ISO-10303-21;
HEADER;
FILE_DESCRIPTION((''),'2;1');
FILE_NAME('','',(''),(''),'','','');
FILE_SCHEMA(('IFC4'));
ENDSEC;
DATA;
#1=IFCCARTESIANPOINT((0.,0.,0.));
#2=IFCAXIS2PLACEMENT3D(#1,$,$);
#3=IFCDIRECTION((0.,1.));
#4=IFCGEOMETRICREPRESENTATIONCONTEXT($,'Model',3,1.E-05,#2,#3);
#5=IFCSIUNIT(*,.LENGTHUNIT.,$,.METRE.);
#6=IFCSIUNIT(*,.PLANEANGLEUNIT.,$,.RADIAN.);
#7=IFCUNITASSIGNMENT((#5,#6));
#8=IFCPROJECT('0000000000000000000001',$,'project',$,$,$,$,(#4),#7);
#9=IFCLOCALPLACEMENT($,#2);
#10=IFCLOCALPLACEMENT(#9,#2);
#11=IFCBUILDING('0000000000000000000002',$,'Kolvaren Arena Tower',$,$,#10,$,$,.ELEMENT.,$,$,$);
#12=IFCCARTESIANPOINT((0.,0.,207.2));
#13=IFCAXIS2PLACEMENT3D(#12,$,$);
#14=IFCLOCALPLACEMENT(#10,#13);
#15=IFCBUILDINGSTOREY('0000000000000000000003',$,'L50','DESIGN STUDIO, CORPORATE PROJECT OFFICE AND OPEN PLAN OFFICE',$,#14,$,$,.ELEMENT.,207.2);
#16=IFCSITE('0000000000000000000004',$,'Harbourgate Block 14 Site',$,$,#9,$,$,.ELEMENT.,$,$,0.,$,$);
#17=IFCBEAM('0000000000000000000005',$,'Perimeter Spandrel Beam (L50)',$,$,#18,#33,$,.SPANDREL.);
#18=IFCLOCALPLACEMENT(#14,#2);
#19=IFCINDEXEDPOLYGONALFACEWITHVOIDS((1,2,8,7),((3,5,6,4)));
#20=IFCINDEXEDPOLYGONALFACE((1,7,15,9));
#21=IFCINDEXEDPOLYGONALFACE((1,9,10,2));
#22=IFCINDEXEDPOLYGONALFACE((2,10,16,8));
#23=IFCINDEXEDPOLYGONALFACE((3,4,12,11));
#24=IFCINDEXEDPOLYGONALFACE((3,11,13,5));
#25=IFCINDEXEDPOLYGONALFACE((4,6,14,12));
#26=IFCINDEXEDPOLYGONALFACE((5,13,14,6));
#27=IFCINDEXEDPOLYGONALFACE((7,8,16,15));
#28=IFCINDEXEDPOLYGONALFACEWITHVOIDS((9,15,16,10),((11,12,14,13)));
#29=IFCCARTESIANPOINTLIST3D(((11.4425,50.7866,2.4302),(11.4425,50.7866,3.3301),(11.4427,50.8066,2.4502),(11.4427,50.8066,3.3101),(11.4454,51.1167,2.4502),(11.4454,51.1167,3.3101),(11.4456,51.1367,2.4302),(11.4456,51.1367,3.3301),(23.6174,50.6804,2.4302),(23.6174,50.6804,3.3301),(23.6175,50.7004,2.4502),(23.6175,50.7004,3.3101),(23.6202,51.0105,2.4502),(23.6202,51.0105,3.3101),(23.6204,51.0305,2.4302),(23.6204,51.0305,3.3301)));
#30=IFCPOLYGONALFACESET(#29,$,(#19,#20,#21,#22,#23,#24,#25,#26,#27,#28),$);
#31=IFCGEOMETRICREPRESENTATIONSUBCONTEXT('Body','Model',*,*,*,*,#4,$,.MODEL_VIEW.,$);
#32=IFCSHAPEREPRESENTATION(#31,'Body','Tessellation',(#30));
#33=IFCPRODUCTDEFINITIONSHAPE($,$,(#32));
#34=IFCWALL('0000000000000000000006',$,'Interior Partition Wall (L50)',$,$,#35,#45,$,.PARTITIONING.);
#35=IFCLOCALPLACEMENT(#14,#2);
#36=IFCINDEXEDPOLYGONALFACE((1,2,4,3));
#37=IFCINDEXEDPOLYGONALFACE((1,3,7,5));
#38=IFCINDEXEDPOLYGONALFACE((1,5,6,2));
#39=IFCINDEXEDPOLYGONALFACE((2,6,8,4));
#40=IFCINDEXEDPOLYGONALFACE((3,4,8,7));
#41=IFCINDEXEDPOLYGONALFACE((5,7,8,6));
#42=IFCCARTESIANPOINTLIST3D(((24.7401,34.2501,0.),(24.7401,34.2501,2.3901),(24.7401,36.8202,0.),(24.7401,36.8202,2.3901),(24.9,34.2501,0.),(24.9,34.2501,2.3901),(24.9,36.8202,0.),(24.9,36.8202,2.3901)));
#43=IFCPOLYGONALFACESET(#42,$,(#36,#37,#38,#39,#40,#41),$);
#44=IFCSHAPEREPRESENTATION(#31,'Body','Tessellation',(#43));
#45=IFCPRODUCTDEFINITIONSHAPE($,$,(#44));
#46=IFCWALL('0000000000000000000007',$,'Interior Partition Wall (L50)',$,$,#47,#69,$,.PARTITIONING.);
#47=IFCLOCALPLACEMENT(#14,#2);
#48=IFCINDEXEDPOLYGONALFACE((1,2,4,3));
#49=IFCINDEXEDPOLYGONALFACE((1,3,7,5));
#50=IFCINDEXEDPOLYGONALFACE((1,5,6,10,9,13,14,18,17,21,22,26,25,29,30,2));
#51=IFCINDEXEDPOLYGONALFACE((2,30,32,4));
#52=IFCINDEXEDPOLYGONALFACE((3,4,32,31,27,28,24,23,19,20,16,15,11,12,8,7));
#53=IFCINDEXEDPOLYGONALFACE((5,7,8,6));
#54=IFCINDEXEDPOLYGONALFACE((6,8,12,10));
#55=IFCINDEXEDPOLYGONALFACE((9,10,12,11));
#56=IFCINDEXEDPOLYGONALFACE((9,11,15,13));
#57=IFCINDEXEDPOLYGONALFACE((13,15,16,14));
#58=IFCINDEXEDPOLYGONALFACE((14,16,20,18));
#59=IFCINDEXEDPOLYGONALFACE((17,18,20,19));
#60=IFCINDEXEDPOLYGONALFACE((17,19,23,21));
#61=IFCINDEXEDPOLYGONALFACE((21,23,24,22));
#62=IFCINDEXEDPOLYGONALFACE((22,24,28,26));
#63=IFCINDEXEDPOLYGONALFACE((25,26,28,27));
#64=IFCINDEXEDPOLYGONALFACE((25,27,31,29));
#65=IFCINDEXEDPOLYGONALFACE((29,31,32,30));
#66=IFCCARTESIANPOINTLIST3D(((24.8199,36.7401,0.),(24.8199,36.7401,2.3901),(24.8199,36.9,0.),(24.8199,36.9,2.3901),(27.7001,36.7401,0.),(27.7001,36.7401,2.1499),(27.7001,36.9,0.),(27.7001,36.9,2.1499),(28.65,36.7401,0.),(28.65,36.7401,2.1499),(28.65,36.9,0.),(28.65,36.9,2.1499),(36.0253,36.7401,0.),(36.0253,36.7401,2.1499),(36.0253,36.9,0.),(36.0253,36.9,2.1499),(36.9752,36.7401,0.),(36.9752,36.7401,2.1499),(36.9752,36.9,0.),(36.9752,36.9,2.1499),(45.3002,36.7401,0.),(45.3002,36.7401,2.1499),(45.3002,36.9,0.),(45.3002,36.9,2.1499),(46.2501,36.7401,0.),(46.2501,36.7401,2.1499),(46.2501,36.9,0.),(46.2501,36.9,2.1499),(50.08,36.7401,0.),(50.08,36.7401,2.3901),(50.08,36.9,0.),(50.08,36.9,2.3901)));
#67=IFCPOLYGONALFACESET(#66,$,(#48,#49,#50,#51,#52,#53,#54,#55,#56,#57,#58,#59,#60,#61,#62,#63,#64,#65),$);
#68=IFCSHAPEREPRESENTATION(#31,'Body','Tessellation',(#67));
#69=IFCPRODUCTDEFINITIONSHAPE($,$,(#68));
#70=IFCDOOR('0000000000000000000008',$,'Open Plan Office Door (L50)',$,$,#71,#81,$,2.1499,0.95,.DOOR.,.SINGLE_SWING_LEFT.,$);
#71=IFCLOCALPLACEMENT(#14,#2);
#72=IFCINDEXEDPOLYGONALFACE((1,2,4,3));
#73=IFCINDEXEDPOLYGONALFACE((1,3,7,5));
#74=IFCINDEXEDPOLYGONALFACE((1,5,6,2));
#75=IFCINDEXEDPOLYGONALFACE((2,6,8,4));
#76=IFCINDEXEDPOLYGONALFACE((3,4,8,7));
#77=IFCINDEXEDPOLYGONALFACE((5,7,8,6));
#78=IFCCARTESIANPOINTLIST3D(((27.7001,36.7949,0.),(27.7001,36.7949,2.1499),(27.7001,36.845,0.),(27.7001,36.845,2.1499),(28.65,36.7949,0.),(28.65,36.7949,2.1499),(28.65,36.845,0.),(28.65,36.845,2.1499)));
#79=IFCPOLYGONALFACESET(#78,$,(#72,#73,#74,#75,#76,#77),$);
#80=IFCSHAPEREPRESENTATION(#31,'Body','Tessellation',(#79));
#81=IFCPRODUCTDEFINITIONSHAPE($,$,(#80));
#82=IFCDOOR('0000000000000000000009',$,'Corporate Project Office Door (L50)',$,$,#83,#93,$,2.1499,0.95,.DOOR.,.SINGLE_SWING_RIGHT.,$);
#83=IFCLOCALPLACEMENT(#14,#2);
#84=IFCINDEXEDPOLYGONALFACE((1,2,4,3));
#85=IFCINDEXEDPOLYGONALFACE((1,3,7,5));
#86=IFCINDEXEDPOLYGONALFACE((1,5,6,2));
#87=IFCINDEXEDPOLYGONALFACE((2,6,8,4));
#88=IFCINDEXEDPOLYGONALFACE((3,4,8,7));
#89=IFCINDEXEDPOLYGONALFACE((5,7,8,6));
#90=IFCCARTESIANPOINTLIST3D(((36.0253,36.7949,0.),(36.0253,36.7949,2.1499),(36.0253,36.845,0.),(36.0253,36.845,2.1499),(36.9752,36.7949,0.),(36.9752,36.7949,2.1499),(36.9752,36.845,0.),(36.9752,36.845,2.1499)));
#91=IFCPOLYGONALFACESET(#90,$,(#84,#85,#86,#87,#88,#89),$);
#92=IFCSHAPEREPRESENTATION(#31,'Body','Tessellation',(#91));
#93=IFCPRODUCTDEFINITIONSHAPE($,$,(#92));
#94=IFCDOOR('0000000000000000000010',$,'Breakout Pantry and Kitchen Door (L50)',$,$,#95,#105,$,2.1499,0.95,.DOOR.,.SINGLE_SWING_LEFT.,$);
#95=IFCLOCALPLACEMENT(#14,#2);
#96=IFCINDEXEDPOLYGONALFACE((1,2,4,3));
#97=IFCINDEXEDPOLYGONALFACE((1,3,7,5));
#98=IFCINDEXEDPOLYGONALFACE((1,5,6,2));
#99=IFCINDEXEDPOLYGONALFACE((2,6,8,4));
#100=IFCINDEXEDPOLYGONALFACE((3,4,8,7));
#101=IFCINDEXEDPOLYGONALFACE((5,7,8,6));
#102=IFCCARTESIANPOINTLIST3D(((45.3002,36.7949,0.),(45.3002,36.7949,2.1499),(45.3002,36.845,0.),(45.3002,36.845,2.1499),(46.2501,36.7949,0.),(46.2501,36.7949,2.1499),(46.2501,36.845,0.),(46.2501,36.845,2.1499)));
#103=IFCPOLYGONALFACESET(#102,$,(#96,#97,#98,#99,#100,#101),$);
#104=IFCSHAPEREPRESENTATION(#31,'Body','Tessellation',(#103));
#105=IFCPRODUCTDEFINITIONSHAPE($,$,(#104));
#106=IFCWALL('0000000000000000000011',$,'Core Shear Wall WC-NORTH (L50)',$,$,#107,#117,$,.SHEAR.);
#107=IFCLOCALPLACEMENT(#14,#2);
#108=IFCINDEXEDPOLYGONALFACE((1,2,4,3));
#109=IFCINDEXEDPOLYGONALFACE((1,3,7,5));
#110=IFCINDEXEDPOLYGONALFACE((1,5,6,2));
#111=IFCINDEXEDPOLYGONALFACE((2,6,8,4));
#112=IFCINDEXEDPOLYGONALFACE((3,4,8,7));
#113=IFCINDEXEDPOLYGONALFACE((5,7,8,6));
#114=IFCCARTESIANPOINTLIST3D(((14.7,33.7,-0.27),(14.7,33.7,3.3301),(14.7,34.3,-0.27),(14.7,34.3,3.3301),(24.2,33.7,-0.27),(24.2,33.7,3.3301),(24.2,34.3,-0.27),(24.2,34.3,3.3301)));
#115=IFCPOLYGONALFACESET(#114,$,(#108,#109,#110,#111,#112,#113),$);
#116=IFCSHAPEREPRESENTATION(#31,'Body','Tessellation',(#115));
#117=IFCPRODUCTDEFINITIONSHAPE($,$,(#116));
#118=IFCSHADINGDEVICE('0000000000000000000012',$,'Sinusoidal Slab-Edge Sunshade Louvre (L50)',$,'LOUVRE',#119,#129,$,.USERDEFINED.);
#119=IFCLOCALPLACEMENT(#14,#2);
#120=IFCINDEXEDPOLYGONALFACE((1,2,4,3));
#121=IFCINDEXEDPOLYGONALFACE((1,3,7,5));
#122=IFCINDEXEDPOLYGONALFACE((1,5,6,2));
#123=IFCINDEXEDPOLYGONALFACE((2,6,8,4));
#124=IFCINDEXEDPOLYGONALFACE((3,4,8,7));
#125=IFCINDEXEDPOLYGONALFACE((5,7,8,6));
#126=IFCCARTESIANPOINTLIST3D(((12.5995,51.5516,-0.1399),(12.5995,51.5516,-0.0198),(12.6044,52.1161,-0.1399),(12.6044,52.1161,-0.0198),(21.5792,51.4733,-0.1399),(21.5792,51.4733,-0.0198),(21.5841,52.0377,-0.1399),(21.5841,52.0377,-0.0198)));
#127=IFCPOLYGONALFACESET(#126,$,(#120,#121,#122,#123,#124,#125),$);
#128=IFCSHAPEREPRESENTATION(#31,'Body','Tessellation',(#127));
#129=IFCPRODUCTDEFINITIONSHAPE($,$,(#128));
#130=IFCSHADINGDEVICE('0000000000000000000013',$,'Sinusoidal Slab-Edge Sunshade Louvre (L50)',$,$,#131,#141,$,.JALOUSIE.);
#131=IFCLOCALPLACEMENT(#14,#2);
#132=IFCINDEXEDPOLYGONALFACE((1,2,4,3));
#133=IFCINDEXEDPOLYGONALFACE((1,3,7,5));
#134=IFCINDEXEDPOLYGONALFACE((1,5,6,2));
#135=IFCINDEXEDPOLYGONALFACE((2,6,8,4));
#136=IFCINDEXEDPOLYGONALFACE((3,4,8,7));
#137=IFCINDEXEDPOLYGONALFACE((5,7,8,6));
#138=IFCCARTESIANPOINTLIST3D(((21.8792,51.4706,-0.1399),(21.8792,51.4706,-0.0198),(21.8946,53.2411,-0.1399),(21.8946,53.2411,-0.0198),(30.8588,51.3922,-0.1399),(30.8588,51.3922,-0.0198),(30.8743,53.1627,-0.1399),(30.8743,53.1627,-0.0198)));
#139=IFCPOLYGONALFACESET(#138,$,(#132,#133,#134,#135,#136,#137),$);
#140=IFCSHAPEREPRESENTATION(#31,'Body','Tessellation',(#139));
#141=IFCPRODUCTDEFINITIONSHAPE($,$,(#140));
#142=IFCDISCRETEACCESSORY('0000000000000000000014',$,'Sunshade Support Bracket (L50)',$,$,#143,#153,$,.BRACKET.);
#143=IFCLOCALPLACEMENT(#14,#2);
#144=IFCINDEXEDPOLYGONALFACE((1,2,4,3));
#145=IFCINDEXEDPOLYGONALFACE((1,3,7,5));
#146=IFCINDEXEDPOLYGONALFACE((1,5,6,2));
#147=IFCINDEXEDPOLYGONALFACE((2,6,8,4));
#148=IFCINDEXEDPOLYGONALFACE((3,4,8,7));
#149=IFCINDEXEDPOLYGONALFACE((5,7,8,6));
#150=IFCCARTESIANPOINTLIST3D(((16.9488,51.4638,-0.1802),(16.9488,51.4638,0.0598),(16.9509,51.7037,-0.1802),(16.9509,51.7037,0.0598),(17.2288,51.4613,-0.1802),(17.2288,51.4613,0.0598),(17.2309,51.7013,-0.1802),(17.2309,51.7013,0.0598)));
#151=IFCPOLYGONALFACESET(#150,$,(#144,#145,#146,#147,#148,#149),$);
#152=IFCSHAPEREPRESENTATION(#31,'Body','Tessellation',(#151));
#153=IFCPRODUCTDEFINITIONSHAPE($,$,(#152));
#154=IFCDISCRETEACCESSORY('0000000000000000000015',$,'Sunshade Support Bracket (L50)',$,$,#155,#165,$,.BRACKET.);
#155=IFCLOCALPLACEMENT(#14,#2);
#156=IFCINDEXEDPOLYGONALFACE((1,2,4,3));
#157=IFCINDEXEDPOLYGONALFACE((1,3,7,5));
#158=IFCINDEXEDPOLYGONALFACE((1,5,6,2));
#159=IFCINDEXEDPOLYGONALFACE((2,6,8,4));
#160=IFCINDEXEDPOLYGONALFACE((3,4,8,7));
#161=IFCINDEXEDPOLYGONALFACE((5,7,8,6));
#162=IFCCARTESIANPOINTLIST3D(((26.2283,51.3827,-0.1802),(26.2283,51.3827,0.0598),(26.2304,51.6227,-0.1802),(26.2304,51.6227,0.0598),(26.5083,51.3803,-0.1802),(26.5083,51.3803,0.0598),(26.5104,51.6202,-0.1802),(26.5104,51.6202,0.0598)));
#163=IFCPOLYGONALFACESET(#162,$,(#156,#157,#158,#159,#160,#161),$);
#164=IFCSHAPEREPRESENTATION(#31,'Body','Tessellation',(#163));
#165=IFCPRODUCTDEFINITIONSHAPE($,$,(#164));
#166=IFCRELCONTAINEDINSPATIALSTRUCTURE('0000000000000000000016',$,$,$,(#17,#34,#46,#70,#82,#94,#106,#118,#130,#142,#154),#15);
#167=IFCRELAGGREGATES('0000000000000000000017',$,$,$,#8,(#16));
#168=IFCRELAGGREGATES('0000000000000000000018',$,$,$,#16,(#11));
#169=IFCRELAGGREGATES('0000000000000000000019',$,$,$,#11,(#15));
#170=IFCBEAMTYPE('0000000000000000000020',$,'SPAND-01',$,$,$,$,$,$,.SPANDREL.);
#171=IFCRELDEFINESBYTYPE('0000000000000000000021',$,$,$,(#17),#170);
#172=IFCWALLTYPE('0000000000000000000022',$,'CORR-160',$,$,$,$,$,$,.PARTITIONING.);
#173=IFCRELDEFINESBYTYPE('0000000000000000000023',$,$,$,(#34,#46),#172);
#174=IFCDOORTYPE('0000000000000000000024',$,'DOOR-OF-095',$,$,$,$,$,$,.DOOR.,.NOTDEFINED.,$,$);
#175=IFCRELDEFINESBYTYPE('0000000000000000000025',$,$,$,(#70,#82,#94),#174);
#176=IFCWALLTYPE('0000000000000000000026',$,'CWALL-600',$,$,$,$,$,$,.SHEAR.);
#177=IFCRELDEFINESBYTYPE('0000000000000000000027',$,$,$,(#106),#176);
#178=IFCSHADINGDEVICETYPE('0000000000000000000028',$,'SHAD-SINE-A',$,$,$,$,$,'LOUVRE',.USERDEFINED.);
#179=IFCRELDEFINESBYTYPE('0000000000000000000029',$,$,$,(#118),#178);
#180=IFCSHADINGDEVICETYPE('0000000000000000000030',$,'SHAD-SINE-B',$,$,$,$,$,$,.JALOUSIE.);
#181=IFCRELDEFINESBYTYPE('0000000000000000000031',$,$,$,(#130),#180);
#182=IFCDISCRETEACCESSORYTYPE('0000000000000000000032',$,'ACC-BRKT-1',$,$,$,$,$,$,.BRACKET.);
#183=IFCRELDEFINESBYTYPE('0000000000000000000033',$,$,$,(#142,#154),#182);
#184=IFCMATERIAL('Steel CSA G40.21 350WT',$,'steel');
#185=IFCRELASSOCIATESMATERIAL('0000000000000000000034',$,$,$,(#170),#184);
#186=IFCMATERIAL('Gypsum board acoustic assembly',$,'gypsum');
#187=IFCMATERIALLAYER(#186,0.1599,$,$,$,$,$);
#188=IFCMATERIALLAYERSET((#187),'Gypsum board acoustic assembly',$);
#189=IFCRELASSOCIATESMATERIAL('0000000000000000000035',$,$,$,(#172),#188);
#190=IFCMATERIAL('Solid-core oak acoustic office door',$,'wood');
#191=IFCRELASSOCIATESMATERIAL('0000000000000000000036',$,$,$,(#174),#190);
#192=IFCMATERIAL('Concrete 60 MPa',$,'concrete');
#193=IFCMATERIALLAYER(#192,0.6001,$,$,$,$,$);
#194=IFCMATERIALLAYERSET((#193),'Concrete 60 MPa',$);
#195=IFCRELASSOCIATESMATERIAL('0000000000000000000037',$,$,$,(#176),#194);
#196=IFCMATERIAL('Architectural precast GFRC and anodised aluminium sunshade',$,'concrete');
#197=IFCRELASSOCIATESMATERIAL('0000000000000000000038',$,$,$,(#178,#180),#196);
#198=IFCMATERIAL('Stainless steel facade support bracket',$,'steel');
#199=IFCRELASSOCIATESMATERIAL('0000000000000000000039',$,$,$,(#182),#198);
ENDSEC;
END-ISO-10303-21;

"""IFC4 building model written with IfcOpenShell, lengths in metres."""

from ifc_helpers import new_model, si_unit, direction, frame, frame_2d, origin, origin_2d, place, context, subcontext, project, spatial, rectangle, hollow_rectangle, extrude, material, layer, layer_set, material_profile, profile_set, type_object, element, fill, save


model = new_model("IFC4")

# Units and contexts
model_context = context("Model", 3, precision=1e-05, world=origin(), true_north=direction((0.0, 1.0)))
body_context = subcontext(model_context, "Body", "Model", "MODEL_VIEW")
ifc_project = project(units=[si_unit("LENGTHUNIT", "METRE"), si_unit("PLANEANGLEUNIT", "RADIAN")], contexts=[model_context])

# Site, building, storey
site_placement = place(None, origin())
site = spatial("IfcSite", under=ifc_project, at=site_placement, Name="Harbourgate Block 14 Site", CompositionType="ELEMENT", RefElevation=0.0)
building_placement = place(site_placement, origin())
building = spatial("IfcBuilding", under=site, at=building_placement, Name="Kolvaren Arena Tower", CompositionType="ELEMENT")
storey_placement = place(building_placement, frame((0.0, 0.0, 207.2)))
storey = spatial("IfcBuildingStorey", under=building, at=storey_placement, Name="L50", Description="DESIGN STUDIO, CORPORATE PROJECT OFFICE AND OPEN PLAN OFFICE", CompositionType="ELEMENT", Elevation=207.2)

# Beam
ifc_material_1 = material(Name="Steel CSA G40.21 350WT", Category="steel")
ifc_material_profile_1 = material_profile(ifc_material_1, hollow_rectangle(XDim=0.3501, YDim=0.8999, WallThickness=0.02, at=origin_2d()), Name="HSS 900x350x20")
ifc_profile_set_1 = profile_set([ifc_material_profile_1], Name="Steel CSA G40.21 350WT")
beam_type_1 = type_object("IfcBeamType", Name="SPAND-01", PredefinedType="SPANDREL", material=ifc_profile_set_1)
beam_1_placement = place(storey_placement, frame((23.6189, 50.8555, 2.8801), z_axis=(-0.999962, 0.008723, 0.0), x_axis=(-0.008723, -0.999962, 0.0)))
element("IfcBeam", 1, at=beam_1_placement, inside=storey, type_object=beam_type_1, Name="Perimeter Spandrel Beam (L50)", PredefinedType="SPANDREL", context=body_context, shape_type="SweptSolid", body=[
    extrude(hollow_rectangle(XDim=0.3501, YDim=0.8999, WallThickness=0.02, at=origin_2d()), origin(), (0.0, 0.0, 1.0), 12.1753),
])

# Wall
ifc_material_2 = material(Name="Gypsum board acoustic assembly", Category="gypsum")
ifc_layer_1 = layer(ifc_material_2, 0.1599)
ifc_layer_set_1 = layer_set([ifc_layer_1], Name="Gypsum board acoustic assembly")
wall_type_1 = type_object("IfcWallType", Name="CORR-160", PredefinedType="PARTITIONING", material=ifc_layer_set_1)
wall_1_placement = place(storey_placement, frame((24.8201, 34.25, 0.0), z_axis=(0.0, 0.0, 1.0), x_axis=(0.0, 1.0, 0.0)))
element("IfcWall", 2, at=wall_1_placement, inside=storey, type_object=wall_type_1, Name="Interior Partition Wall (L50)", PredefinedType="PARTITIONING", context=body_context, shape_type="SweptSolid", body=[
    extrude(rectangle(XDim=2.5701, YDim=0.1599, at=frame_2d((1.2852, 0.0))), origin(), (0.0, 0.0, 1.0), 2.3901),
])

# Wall, openings, doors
wall_2_placement = place(storey_placement, frame((24.8201, 36.8201, 0.0), z_axis=(0.0, 0.0, 1.0), x_axis=(1.0, 0.0, 0.0)))
wall_2 = element("IfcWall", 3, at=wall_2_placement, inside=storey, type_object=wall_type_1, Name="Interior Partition Wall (L50)", PredefinedType="PARTITIONING", context=body_context, shape_type="SweptSolid", body=[
    extrude(rectangle(XDim=25.26, YDim=0.1599, at=frame_2d((12.6299, 0.0))), origin(), (0.0, 0.0, 1.0), 2.3901),
])
opening_1_placement = place(wall_2_placement, frame((2.8799, 0.0, 0.0)))
opening_1 = element("IfcOpeningElement", 4, at=opening_1_placement, cuts=wall_2, PredefinedType="OPENING", context=body_context, shape_type="SweptSolid", body=[
    extrude(rectangle(XDim=0.95, YDim=2.1499, at=frame_2d((0.4751, 1.075))), frame((0.0, 0.0898, 0.0), z_axis=(0.0, -1.0, 0.0), x_axis=(1.0, 0.0, 0.0)), (0.0, 0.0, 1.0), 0.1799),
])
opening_2_placement = place(wall_2_placement, frame((11.2051, 0.0, 0.0)))
opening_2 = element("IfcOpeningElement", 5, at=opening_2_placement, cuts=wall_2, PredefinedType="OPENING", context=body_context, shape_type="SweptSolid", body=[
    extrude(rectangle(XDim=0.95, YDim=2.1499, at=frame_2d((0.4751, 1.075))), frame((0.0, 0.0898, 0.0), z_axis=(0.0, -1.0, 0.0), x_axis=(1.0, 0.0, 0.0)), (0.0, 0.0, 1.0), 0.1799),
])
opening_3_placement = place(wall_2_placement, frame((20.48, 0.0, 0.0)))
opening_3 = element("IfcOpeningElement", 6, at=opening_3_placement, cuts=wall_2, PredefinedType="OPENING", context=body_context, shape_type="SweptSolid", body=[
    extrude(rectangle(XDim=0.95, YDim=2.1499, at=frame_2d((0.4751, 1.075))), frame((0.0, 0.0898, 0.0), z_axis=(0.0, -1.0, 0.0), x_axis=(1.0, 0.0, 0.0)), (0.0, 0.0, 1.0), 0.1799),
])
ifc_material_3 = material(Name="Solid-core oak acoustic office door", Category="wood")
door_type = type_object("IfcDoorType", Name="DOOR-OF-095", OperationType="NOTDEFINED", PredefinedType="DOOR", material=ifc_material_3)
door_1_placement = place(opening_1_placement, origin())
door_1 = element("IfcDoor", 7, at=door_1_placement, inside=storey, type_object=door_type, Name="Open Plan Office Door (L50)", OperationType="SINGLE_SWING_LEFT", OverallHeight=2.1499, OverallWidth=0.95, PredefinedType="DOOR", context=body_context, shape_type="SweptSolid", body=[
    extrude(rectangle(XDim=0.95, YDim=2.1499, at=frame_2d((0.4751, 1.075))), frame((0.0, 0.0249, 0.0), z_axis=(0.0, -1.0, 0.0), x_axis=(1.0, 0.0, 0.0)), (0.0, 0.0, 1.0), 0.05),
])
fill(opening_1, door_1)
door_2_placement = place(opening_2_placement, origin())
door_2 = element("IfcDoor", 8, at=door_2_placement, inside=storey, type_object=door_type, Name="Corporate Project Office Door (L50)", OperationType="SINGLE_SWING_RIGHT", OverallHeight=2.1499, OverallWidth=0.95, PredefinedType="DOOR", context=body_context, shape_type="SweptSolid", body=[
    extrude(rectangle(XDim=0.95, YDim=2.1499, at=frame_2d((0.4751, 1.075))), frame((0.0, 0.0249, 0.0), z_axis=(0.0, -1.0, 0.0), x_axis=(1.0, 0.0, 0.0)), (0.0, 0.0, 1.0), 0.05),
])
fill(opening_2, door_2)
door_3_placement = place(opening_3_placement, origin())
door_3 = element("IfcDoor", 9, at=door_3_placement, inside=storey, type_object=door_type, Name="Breakout Pantry and Kitchen Door (L50)", OperationType="SINGLE_SWING_LEFT", OverallHeight=2.1499, OverallWidth=0.95, PredefinedType="DOOR", context=body_context, shape_type="SweptSolid", body=[
    extrude(rectangle(XDim=0.95, YDim=2.1499, at=frame_2d((0.4751, 1.075))), frame((0.0, 0.0249, 0.0), z_axis=(0.0, -1.0, 0.0), x_axis=(1.0, 0.0, 0.0)), (0.0, 0.0, 1.0), 0.05),
])
fill(opening_3, door_3)

# Wall
ifc_material_4 = material(Name="Concrete 60 MPa", Category="concrete")
ifc_layer_2 = layer(ifc_material_4, 0.6001)
ifc_layer_set_2 = layer_set([ifc_layer_2], Name="Concrete 60 MPa")
wall_type_2 = type_object("IfcWallType", Name="CWALL-600", PredefinedType="SHEAR", material=ifc_layer_set_2)
wall_3_placement = place(storey_placement, frame((14.7, 34.0, -0.27), z_axis=(0.0, 0.0, 1.0), x_axis=(1.0, 0.0, 0.0)))
element("IfcWall", 10, at=wall_3_placement, inside=storey, type_object=wall_type_2, Name="Core Shear Wall WC-NORTH (L50)", PredefinedType="SHEAR", context=body_context, shape_type="SweptSolid", body=[
    extrude(rectangle(XDim=9.5, YDim=0.6001, at=frame_2d((4.75, 0.0))), origin(), (0.0, 0.0, 1.0), 3.6001),
])

# Shading devices
ifc_material_5 = material(Name="Architectural precast GFRC and anodised aluminium sunshade", Category="concrete")
shading_device_type_1 = type_object("IfcShadingDeviceType", Name="SHAD-SINE-A", ElementType="LOUVRE", PredefinedType="USERDEFINED", material=ifc_material_5)
shading_device_1_placement = place(storey_placement, frame((17.0918, 51.7947, -0.1399), z_axis=(0.0, 0.0, 1.0), x_axis=(0.999962, -0.008727, 0.0)))
element("IfcShadingDevice", 11, at=shading_device_1_placement, inside=storey, type_object=shading_device_type_1, Name="Sinusoidal Slab-Edge Sunshade Louvre (L50)", ObjectType="LOUVRE", PredefinedType="USERDEFINED", context=body_context, shape_type="SweptSolid", body=[
    extrude(rectangle(XDim=8.98, YDim=0.5645, at=origin_2d()), origin(), (0.0, 0.0, 1.0), 0.1201),
])
shading_device_type_2 = type_object("IfcShadingDeviceType", Name="SHAD-SINE-B", PredefinedType="JALOUSIE", material=ifc_material_5)
shading_device_2_placement = place(storey_placement, frame((26.3767, 52.3167, -0.1399), z_axis=(0.0, 0.0, 1.0), x_axis=(0.999962, -0.008727, 0.0)))
element("IfcShadingDevice", 12, at=shading_device_2_placement, inside=storey, type_object=shading_device_type_2, Name="Sinusoidal Slab-Edge Sunshade Louvre (L50)", PredefinedType="JALOUSIE", context=body_context, shape_type="SweptSolid", body=[
    extrude(rectangle(XDim=8.98, YDim=1.7705, at=origin_2d()), origin(), (0.0, 0.0, 1.0), 0.1201),
])

# Discrete accessories
ifc_material_6 = material(Name="Stainless steel facade support bracket", Category="steel")
discrete_accessory_type = type_object("IfcDiscreteAccessoryType", Name="ACC-BRKT-1", PredefinedType="BRACKET", material=ifc_material_6)
for number, where, z_axis, x_axis, name in (
    (13, (17.0898, 51.5825, -0.1802), (0.0, 0.0, 1.0), (0.999962, -0.008727, 0.0), "Sunshade Support Bracket (L50)"),
    (14, (26.3694, 51.5015, -0.1802), (0.0, 0.0, 1.0), (0.999962, -0.008727, 0.0), "Sunshade Support Bracket (L50)"),
):
    element("IfcDiscreteAccessory", number, at=place(storey_placement, frame(where, z_axis=z_axis, x_axis=x_axis)), inside=storey, type_object=discrete_accessory_type, Name=name, PredefinedType="BRACKET", context=body_context, shape_type="SweptSolid", body=[
        extrude(rectangle(XDim=0.28, YDim=0.24, at=origin_2d()), origin(), (0.0, 0.0, 1.0), 0.24),
    ])

save(model, "model.ifc")
